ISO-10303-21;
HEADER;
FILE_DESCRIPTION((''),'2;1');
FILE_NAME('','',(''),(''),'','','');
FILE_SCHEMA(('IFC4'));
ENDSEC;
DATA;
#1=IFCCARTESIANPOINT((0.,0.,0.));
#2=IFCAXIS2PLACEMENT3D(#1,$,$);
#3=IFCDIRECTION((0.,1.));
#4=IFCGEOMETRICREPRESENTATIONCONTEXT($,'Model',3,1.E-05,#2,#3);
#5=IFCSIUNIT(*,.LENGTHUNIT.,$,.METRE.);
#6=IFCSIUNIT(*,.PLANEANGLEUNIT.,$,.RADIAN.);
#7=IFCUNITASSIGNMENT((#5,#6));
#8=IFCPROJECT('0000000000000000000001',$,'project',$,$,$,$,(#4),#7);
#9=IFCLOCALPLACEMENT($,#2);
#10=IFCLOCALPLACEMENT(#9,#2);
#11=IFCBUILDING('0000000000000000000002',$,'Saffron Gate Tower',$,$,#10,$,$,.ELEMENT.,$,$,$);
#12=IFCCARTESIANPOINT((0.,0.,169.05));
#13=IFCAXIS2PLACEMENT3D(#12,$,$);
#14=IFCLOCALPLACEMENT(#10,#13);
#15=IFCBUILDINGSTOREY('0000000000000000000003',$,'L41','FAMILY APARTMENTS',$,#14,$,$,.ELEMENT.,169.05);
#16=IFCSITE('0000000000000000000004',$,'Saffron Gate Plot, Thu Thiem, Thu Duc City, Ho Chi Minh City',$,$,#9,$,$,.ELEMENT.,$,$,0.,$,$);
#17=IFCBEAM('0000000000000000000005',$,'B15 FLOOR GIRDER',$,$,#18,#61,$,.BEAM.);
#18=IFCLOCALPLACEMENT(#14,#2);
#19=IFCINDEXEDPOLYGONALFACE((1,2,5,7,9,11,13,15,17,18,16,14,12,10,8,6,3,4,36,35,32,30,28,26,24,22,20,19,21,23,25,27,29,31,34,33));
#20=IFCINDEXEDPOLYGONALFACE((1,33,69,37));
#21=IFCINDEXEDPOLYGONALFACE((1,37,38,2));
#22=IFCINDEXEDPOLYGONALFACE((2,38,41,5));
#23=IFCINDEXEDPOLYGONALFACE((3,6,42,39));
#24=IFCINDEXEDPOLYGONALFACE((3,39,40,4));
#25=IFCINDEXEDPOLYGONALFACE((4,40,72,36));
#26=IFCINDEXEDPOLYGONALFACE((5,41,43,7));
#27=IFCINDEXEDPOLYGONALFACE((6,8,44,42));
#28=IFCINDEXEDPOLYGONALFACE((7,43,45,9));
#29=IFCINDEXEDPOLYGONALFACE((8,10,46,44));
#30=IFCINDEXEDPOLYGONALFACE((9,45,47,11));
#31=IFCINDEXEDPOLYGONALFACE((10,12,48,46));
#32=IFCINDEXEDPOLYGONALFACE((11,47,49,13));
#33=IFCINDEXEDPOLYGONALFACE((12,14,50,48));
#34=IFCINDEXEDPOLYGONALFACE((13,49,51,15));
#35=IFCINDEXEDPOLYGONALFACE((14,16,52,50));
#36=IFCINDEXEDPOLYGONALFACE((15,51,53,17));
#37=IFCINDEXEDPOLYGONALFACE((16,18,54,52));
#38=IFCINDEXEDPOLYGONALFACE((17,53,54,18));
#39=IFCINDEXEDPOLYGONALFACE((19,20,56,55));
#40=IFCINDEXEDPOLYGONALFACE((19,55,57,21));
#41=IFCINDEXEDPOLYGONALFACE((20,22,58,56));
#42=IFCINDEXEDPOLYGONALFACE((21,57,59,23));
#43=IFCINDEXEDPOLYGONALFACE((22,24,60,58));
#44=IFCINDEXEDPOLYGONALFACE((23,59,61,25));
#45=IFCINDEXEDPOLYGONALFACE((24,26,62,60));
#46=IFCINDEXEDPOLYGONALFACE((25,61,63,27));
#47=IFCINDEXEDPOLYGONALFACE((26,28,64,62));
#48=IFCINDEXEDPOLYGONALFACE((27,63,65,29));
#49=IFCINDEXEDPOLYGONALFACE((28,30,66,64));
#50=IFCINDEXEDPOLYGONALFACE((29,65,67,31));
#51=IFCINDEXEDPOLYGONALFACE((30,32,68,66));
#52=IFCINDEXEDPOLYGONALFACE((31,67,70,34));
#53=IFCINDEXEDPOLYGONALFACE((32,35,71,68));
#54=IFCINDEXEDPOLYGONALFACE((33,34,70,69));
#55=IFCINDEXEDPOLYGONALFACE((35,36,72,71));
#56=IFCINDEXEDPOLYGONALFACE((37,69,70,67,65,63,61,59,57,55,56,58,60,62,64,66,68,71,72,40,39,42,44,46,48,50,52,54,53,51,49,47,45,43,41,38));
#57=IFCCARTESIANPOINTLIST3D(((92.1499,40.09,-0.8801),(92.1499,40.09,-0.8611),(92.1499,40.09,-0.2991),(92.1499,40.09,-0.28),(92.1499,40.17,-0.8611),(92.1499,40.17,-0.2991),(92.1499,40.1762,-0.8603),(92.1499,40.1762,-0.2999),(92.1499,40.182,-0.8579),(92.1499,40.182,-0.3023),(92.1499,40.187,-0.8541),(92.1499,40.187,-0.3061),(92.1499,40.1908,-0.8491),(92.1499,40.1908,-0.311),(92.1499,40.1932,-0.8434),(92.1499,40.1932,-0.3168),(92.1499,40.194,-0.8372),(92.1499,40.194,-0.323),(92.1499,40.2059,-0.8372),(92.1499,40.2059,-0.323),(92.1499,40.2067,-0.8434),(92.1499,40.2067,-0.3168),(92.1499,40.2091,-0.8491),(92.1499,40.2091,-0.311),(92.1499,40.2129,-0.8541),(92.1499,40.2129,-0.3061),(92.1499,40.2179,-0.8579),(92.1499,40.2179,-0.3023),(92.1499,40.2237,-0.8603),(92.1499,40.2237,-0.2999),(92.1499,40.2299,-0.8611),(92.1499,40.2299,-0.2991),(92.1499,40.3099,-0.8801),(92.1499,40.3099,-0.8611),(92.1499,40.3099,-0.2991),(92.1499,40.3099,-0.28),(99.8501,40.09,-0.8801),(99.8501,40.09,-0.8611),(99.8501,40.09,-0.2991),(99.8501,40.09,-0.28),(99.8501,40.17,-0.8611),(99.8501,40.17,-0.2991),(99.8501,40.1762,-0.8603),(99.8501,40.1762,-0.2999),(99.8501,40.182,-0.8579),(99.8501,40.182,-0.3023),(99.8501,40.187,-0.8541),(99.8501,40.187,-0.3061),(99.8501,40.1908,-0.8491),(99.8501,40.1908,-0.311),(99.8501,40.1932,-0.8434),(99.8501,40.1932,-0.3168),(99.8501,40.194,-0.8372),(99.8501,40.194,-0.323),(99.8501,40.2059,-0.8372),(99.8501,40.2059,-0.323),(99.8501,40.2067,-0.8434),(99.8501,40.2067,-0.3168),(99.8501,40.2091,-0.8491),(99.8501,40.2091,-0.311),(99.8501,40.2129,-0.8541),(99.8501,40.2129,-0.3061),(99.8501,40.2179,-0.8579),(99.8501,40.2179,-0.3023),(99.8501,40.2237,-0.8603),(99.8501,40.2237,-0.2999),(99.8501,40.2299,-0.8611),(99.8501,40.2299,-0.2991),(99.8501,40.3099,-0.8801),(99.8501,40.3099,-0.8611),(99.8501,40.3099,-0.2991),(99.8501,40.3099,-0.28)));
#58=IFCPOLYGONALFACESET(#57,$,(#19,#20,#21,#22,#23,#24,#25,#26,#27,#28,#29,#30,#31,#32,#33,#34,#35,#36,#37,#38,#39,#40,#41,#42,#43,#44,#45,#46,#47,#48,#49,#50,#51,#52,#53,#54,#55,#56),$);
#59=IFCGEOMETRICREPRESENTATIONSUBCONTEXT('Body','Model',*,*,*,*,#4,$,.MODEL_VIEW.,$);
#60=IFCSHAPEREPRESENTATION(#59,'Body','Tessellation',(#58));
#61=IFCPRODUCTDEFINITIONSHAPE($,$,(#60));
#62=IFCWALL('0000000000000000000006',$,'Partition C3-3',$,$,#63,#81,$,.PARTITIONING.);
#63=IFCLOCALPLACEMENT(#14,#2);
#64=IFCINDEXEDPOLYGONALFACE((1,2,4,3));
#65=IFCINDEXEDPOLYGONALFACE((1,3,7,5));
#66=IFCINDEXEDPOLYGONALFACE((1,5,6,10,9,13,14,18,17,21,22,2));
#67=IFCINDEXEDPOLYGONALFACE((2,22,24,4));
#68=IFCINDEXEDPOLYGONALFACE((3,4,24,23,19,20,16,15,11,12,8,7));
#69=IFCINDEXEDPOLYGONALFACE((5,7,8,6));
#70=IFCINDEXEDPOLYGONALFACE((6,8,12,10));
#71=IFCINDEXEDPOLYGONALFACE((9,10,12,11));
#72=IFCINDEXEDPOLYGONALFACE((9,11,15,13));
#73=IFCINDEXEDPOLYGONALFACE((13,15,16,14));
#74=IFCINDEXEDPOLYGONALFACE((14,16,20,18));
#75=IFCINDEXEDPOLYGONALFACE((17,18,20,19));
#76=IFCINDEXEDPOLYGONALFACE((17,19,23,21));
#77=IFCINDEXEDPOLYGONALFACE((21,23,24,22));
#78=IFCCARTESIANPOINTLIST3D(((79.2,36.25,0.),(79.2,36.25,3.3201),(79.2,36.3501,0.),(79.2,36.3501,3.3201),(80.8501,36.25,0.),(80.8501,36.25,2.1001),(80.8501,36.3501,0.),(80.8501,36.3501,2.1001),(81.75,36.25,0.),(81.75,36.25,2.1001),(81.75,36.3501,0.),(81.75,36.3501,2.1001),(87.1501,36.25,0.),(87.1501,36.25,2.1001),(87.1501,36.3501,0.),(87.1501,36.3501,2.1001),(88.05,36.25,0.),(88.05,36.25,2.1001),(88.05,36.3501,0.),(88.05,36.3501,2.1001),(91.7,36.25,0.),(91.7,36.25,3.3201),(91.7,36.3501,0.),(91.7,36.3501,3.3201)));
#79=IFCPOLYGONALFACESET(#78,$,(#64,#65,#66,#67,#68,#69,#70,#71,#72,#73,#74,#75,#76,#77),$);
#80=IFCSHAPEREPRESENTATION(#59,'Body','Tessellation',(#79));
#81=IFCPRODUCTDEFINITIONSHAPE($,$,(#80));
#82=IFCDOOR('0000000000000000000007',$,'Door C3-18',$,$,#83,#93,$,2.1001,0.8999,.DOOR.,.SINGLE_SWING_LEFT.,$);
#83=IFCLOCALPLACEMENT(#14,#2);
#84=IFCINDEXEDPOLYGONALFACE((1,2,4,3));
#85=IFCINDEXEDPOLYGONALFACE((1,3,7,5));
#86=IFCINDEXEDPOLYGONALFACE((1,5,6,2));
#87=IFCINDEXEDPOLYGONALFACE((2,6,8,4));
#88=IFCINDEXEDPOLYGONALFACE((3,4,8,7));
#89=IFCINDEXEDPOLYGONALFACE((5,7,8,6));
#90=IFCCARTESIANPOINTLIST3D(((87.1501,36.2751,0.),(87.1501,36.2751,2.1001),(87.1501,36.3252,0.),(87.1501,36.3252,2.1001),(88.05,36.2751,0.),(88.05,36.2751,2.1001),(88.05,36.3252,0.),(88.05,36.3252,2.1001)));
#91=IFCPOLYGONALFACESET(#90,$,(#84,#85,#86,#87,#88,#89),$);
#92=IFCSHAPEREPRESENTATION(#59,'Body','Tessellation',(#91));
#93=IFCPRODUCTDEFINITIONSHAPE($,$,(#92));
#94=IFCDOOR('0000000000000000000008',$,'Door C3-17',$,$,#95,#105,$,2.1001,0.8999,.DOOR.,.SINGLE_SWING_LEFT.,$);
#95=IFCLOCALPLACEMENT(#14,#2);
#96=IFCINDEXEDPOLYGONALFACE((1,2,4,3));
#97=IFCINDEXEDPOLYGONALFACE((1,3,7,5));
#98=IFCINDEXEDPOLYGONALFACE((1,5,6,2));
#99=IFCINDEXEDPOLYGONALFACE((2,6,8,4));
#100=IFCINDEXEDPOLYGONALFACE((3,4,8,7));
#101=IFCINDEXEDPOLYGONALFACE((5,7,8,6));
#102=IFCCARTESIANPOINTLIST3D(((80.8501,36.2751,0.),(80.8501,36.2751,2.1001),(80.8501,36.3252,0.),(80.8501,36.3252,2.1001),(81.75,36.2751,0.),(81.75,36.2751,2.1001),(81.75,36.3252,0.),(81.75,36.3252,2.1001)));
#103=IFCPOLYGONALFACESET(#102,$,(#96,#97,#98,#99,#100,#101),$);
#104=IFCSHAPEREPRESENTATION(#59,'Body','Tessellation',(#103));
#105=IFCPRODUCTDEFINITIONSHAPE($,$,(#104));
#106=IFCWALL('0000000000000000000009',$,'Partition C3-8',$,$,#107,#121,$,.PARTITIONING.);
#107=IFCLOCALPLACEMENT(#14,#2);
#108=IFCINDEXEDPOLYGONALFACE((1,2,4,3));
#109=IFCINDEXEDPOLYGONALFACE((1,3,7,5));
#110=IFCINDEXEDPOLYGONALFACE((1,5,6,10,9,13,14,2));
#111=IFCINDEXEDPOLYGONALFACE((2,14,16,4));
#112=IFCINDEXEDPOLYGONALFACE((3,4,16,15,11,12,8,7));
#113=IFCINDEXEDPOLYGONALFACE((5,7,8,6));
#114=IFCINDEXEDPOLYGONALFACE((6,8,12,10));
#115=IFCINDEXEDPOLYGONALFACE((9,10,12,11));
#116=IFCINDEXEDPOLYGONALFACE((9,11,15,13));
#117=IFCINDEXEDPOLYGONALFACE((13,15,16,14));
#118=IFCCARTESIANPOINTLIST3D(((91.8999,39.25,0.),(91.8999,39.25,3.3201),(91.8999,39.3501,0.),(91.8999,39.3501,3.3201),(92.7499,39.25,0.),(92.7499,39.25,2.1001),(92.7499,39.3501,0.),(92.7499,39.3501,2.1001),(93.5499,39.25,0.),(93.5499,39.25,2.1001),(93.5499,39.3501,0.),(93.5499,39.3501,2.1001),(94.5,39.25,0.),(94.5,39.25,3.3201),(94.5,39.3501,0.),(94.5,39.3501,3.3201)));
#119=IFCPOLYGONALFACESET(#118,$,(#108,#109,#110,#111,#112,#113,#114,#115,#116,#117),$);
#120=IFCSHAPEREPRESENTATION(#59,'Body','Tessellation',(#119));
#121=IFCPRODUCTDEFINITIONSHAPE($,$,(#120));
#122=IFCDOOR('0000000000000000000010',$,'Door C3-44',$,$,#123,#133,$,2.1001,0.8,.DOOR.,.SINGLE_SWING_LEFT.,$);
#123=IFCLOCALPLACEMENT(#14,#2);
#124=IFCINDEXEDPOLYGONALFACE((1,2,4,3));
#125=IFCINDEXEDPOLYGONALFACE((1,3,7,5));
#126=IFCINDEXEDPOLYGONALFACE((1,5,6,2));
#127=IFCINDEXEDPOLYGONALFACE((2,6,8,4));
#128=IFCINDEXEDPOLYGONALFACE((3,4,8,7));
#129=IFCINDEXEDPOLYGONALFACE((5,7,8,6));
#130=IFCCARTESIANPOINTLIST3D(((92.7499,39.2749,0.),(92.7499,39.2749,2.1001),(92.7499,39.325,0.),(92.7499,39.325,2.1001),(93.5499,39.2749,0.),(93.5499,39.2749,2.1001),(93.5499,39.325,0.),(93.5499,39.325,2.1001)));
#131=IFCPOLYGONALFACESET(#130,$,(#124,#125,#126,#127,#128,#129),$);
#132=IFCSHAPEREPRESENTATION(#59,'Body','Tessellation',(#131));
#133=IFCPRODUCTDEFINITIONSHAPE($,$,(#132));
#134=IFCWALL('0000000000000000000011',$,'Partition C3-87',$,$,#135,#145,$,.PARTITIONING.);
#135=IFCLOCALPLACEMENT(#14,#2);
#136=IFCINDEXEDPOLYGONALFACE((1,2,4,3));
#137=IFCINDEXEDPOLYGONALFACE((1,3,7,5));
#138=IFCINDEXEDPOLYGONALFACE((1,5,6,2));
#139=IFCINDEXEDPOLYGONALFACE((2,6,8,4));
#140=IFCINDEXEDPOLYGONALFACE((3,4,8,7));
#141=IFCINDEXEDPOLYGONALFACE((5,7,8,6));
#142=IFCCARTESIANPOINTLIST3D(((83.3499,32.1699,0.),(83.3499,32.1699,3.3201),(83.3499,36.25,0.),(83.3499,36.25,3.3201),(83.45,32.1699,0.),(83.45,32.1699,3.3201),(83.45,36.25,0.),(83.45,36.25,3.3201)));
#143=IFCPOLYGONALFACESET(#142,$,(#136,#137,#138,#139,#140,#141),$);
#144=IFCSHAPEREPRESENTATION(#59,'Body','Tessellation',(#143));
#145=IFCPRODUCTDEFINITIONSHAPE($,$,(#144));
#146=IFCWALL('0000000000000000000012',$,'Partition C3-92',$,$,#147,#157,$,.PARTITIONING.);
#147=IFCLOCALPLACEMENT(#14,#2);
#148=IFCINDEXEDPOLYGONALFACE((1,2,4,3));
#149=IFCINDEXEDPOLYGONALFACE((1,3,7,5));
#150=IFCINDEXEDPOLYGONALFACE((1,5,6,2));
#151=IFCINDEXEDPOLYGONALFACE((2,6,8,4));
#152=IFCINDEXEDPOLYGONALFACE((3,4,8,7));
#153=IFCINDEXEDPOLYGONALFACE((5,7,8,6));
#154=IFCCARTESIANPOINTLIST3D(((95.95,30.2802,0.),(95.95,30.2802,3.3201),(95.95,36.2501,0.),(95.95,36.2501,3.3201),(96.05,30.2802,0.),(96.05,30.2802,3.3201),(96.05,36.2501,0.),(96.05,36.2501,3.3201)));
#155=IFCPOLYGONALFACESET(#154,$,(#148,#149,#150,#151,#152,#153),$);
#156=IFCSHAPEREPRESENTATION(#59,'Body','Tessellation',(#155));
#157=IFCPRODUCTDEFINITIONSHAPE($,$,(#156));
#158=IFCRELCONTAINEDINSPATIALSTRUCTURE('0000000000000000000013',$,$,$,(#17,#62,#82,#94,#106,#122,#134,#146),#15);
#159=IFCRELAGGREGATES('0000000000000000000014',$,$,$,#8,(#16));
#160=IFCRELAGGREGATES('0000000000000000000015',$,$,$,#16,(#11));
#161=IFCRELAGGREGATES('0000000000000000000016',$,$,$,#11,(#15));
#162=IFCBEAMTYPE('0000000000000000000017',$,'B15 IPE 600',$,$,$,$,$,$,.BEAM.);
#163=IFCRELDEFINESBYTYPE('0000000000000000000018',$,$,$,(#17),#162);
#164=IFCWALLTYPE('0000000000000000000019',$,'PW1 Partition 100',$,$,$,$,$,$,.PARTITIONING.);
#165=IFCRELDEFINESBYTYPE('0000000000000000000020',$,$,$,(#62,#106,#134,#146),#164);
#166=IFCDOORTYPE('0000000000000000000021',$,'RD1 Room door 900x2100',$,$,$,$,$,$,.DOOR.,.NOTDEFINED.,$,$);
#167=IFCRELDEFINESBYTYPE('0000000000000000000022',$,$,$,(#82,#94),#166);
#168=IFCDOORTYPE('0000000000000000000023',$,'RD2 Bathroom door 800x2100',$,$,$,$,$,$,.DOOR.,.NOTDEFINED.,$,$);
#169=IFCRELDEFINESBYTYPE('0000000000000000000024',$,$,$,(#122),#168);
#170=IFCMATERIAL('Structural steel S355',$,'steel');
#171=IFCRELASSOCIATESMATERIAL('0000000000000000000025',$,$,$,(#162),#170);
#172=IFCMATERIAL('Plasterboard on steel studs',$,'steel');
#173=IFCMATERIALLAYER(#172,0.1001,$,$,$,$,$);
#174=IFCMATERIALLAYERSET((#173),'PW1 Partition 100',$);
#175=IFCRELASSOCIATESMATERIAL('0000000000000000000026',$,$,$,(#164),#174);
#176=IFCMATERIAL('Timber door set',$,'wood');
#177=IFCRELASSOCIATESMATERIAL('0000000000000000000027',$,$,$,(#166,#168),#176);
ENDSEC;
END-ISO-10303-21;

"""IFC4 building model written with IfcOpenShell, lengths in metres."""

from ifc_helpers import new_model, si_unit, direction, frame, frame_2d, origin, origin_2d, place, context, subcontext, project, spatial, rectangle, i_section, extrude, material, layer, layer_set, material_profile, profile_set, type_object, element, fill, save


model = new_model("IFC4")

# Units and contexts
model_context = context("Model", 3, precision=1e-05, world=origin(), true_north=direction((0.0, 1.0)))
body_context = subcontext(model_context, "Body", "Model", "MODEL_VIEW")
ifc_project = project(units=[si_unit("LENGTHUNIT", "METRE"), si_unit("PLANEANGLEUNIT", "RADIAN")], contexts=[model_context])

# Site, building, storey
site_placement = place(None, origin())
site = spatial("IfcSite", under=ifc_project, at=site_placement, Name="Saffron Gate Plot, Thu Thiem, Thu Duc City, Ho Chi Minh City", CompositionType="ELEMENT", RefElevation=0.0)
building_placement = place(site_placement, origin())
building = spatial("IfcBuilding", under=site, at=building_placement, Name="Saffron Gate Tower", CompositionType="ELEMENT")
storey_placement = place(building_placement, frame((0.0, 0.0, 169.05)))
storey = spatial("IfcBuildingStorey", under=building, at=storey_placement, Name="L41", Description="FAMILY APARTMENTS", CompositionType="ELEMENT", Elevation=169.05)

# Beam
ifc_material_1 = material(Name="Structural steel S355", Category="steel")
ifc_material_profile_1 = material_profile(ifc_material_1, i_section(OverallWidth=0.22, OverallDepth=0.6001, WebThickness=0.012, FlangeThickness=0.019, FilletRadius=0.0239, at=origin_2d()))
ifc_profile_set_1 = profile_set([ifc_material_profile_1], Name="Structural steel S355")
beam_type_1 = type_object("IfcBeamType", Name="B15 IPE 600", PredefinedType="BEAM", material=ifc_profile_set_1)
beam_1_placement = place(storey_placement, frame((92.1499, 40.2, -0.5801), z_axis=(1.0, 0.0, 0.0), x_axis=(0.0, 1.0, 0.0)))
element("IfcBeam", 1, at=beam_1_placement, inside=storey, type_object=beam_type_1, Name="B15 FLOOR GIRDER", PredefinedType="BEAM", context=body_context, shape_type="SweptSolid", body=[
    extrude(i_section(OverallWidth=0.22, OverallDepth=0.6001, WebThickness=0.012, FlangeThickness=0.019, FilletRadius=0.0239, at=origin_2d()), origin(), (0.0, 0.0, 1.0), 7.7002),
])

# Wall, openings, doors
ifc_material_2 = material(Name="Plasterboard on steel studs", Category="steel")
ifc_layer_1 = layer(ifc_material_2, 0.1001)
ifc_layer_set_1 = layer_set([ifc_layer_1], Name="PW1 Partition 100")
wall_type_1 = type_object("IfcWallType", Name="PW1 Partition 100", PredefinedType="PARTITIONING", material=ifc_layer_set_1)
wall_1_placement = place(storey_placement, frame((91.7, 36.3, 0.0), z_axis=(0.0, 0.0, 1.0), x_axis=(-1.0, 0.0, 0.0)))
wall_1 = element("IfcWall", 2, at=wall_1_placement, inside=storey, type_object=wall_type_1, Name="Partition C3-3", PredefinedType="PARTITIONING", context=body_context, shape_type="SweptSolid", body=[
    extrude(rectangle(XDim=12.5, YDim=0.1001, at=frame_2d((6.25, 0.0))), origin(), (0.0, 0.0, 1.0), 3.3201),
])
opening_1_placement = place(wall_1_placement, frame((3.6499, 0.0, 0.0)))
opening_1 = element("IfcOpeningElement", 3, at=opening_1_placement, cuts=wall_1, PredefinedType="OPENING", context=body_context, shape_type="SweptSolid", body=[
    extrude(rectangle(XDim=0.8999, YDim=2.1001, at=frame_2d((0.45, 1.05))), frame((0.0, 0.0601, 0.0), z_axis=(0.0, -1.0, 0.0), x_axis=(1.0, 0.0, 0.0)), (0.0, 0.0, 1.0), 0.1201),
])
opening_2_placement = place(wall_1_placement, frame((9.95, 0.0, 0.0)))
opening_2 = element("IfcOpeningElement", 4, at=opening_2_placement, cuts=wall_1, PredefinedType="OPENING", context=body_context, shape_type="SweptSolid", body=[
    extrude(rectangle(XDim=0.8999, YDim=2.1001, at=frame_2d((0.45, 1.05))), frame((0.0, 0.0601, 0.0), z_axis=(0.0, -1.0, 0.0), x_axis=(1.0, 0.0, 0.0)), (0.0, 0.0, 1.0), 0.1201),
])
ifc_material_3 = material(Name="Timber door set", Category="wood")
door_type_1 = type_object("IfcDoorType", Name="RD1 Room door 900x2100", OperationType="NOTDEFINED", PredefinedType="DOOR", material=ifc_material_3)
door_1_placement = place(opening_1_placement, origin())
door_1 = element("IfcDoor", 5, at=door_1_placement, inside=storey, type_object=door_type_1, Name="Door C3-18", OperationType="SINGLE_SWING_LEFT", OverallHeight=2.1001, OverallWidth=0.8999, PredefinedType="DOOR", context=body_context, shape_type="SweptSolid", body=[
    extrude(rectangle(XDim=0.8999, YDim=2.1001, at=frame_2d((0.45, 1.05))), frame((0.0, 0.0249, 0.0), z_axis=(0.0, -1.0, 0.0), x_axis=(1.0, 0.0, 0.0)), (0.0, 0.0, 1.0), 0.05),
])
fill(opening_1, door_1)
door_2_placement = place(opening_2_placement, origin())
door_2 = element("IfcDoor", 6, at=door_2_placement, inside=storey, type_object=door_type_1, Name="Door C3-17", OperationType="SINGLE_SWING_LEFT", OverallHeight=2.1001, OverallWidth=0.8999, PredefinedType="DOOR", context=body_context, shape_type="SweptSolid", body=[
    extrude(rectangle(XDim=0.8999, YDim=2.1001, at=frame_2d((0.45, 1.05))), frame((0.0, 0.0249, 0.0), z_axis=(0.0, -1.0, 0.0), x_axis=(1.0, 0.0, 0.0)), (0.0, 0.0, 1.0), 0.05),
])
fill(opening_2, door_2)

# Wall, opening, door
wall_2_placement = place(storey_placement, frame((91.8999, 39.3, 0.0), z_axis=(0.0, 0.0, 1.0), x_axis=(1.0, 0.0, 0.0)))
wall_2 = element("IfcWall", 7, at=wall_2_placement, inside=storey, type_object=wall_type_1, Name="Partition C3-8", PredefinedType="PARTITIONING", context=body_context, shape_type="SweptSolid", body=[
    extrude(rectangle(XDim=2.6001, YDim=0.1001, at=frame_2d((1.3, 0.0))), origin(), (0.0, 0.0, 1.0), 3.3201),
])
opening_3_placement = place(wall_2_placement, frame((0.8501, 0.0, 0.0)))
opening_3 = element("IfcOpeningElement", 8, at=opening_3_placement, cuts=wall_2, PredefinedType="OPENING", context=body_context, shape_type="SweptSolid", body=[
    extrude(rectangle(XDim=0.8, YDim=2.1001, at=frame_2d((0.3999, 1.05))), frame((0.0, 0.0601, 0.0), z_axis=(0.0, -1.0, 0.0), x_axis=(1.0, 0.0, 0.0)), (0.0, 0.0, 1.0), 0.1201),
])
door_type_2 = type_object("IfcDoorType", Name="RD2 Bathroom door 800x2100", OperationType="NOTDEFINED", PredefinedType="DOOR", material=ifc_material_3)
door_3_placement = place(opening_3_placement, origin())
door_3 = element("IfcDoor", 9, at=door_3_placement, inside=storey, type_object=door_type_2, Name="Door C3-44", OperationType="SINGLE_SWING_LEFT", OverallHeight=2.1001, OverallWidth=0.8, PredefinedType="DOOR", context=body_context, shape_type="SweptSolid", body=[
    extrude(rectangle(XDim=0.8, YDim=2.1001, at=frame_2d((0.3999, 1.05))), frame((0.0, 0.0249, 0.0), z_axis=(0.0, -1.0, 0.0), x_axis=(1.0, 0.0, 0.0)), (0.0, 0.0, 1.0), 0.05),
])
fill(opening_3, door_3)

# Walls
wall_3_placement = place(storey_placement, frame((83.3999, 36.25, 0.0), z_axis=(0.0, 0.0, 1.0), x_axis=(0.0, -1.0, 0.0)))
element("IfcWall", 10, at=wall_3_placement, inside=storey, type_object=wall_type_1, Name="Partition C3-87", PredefinedType="PARTITIONING", context=body_context, shape_type="SweptSolid", body=[
    extrude(rectangle(XDim=4.0801, YDim=0.1001, at=frame_2d((2.04, 0.0))), origin(), (0.0, 0.0, 1.0), 3.3201),
])
wall_4_placement = place(storey_placement, frame((96.0, 36.25, 0.0), z_axis=(0.0, 0.0, 1.0), x_axis=(0.0, -1.0, 0.0)))
element("IfcWall", 11, at=wall_4_placement, inside=storey, type_object=wall_type_1, Name="Partition C3-92", PredefinedType="PARTITIONING", context=body_context, shape_type="SweptSolid", body=[
    extrude(rectangle(XDim=5.97, YDim=0.1001, at=frame_2d((2.9849, 0.0))), origin(), (0.0, 0.0, 1.0), 3.3201),
])

save(model, "model.ifc")
